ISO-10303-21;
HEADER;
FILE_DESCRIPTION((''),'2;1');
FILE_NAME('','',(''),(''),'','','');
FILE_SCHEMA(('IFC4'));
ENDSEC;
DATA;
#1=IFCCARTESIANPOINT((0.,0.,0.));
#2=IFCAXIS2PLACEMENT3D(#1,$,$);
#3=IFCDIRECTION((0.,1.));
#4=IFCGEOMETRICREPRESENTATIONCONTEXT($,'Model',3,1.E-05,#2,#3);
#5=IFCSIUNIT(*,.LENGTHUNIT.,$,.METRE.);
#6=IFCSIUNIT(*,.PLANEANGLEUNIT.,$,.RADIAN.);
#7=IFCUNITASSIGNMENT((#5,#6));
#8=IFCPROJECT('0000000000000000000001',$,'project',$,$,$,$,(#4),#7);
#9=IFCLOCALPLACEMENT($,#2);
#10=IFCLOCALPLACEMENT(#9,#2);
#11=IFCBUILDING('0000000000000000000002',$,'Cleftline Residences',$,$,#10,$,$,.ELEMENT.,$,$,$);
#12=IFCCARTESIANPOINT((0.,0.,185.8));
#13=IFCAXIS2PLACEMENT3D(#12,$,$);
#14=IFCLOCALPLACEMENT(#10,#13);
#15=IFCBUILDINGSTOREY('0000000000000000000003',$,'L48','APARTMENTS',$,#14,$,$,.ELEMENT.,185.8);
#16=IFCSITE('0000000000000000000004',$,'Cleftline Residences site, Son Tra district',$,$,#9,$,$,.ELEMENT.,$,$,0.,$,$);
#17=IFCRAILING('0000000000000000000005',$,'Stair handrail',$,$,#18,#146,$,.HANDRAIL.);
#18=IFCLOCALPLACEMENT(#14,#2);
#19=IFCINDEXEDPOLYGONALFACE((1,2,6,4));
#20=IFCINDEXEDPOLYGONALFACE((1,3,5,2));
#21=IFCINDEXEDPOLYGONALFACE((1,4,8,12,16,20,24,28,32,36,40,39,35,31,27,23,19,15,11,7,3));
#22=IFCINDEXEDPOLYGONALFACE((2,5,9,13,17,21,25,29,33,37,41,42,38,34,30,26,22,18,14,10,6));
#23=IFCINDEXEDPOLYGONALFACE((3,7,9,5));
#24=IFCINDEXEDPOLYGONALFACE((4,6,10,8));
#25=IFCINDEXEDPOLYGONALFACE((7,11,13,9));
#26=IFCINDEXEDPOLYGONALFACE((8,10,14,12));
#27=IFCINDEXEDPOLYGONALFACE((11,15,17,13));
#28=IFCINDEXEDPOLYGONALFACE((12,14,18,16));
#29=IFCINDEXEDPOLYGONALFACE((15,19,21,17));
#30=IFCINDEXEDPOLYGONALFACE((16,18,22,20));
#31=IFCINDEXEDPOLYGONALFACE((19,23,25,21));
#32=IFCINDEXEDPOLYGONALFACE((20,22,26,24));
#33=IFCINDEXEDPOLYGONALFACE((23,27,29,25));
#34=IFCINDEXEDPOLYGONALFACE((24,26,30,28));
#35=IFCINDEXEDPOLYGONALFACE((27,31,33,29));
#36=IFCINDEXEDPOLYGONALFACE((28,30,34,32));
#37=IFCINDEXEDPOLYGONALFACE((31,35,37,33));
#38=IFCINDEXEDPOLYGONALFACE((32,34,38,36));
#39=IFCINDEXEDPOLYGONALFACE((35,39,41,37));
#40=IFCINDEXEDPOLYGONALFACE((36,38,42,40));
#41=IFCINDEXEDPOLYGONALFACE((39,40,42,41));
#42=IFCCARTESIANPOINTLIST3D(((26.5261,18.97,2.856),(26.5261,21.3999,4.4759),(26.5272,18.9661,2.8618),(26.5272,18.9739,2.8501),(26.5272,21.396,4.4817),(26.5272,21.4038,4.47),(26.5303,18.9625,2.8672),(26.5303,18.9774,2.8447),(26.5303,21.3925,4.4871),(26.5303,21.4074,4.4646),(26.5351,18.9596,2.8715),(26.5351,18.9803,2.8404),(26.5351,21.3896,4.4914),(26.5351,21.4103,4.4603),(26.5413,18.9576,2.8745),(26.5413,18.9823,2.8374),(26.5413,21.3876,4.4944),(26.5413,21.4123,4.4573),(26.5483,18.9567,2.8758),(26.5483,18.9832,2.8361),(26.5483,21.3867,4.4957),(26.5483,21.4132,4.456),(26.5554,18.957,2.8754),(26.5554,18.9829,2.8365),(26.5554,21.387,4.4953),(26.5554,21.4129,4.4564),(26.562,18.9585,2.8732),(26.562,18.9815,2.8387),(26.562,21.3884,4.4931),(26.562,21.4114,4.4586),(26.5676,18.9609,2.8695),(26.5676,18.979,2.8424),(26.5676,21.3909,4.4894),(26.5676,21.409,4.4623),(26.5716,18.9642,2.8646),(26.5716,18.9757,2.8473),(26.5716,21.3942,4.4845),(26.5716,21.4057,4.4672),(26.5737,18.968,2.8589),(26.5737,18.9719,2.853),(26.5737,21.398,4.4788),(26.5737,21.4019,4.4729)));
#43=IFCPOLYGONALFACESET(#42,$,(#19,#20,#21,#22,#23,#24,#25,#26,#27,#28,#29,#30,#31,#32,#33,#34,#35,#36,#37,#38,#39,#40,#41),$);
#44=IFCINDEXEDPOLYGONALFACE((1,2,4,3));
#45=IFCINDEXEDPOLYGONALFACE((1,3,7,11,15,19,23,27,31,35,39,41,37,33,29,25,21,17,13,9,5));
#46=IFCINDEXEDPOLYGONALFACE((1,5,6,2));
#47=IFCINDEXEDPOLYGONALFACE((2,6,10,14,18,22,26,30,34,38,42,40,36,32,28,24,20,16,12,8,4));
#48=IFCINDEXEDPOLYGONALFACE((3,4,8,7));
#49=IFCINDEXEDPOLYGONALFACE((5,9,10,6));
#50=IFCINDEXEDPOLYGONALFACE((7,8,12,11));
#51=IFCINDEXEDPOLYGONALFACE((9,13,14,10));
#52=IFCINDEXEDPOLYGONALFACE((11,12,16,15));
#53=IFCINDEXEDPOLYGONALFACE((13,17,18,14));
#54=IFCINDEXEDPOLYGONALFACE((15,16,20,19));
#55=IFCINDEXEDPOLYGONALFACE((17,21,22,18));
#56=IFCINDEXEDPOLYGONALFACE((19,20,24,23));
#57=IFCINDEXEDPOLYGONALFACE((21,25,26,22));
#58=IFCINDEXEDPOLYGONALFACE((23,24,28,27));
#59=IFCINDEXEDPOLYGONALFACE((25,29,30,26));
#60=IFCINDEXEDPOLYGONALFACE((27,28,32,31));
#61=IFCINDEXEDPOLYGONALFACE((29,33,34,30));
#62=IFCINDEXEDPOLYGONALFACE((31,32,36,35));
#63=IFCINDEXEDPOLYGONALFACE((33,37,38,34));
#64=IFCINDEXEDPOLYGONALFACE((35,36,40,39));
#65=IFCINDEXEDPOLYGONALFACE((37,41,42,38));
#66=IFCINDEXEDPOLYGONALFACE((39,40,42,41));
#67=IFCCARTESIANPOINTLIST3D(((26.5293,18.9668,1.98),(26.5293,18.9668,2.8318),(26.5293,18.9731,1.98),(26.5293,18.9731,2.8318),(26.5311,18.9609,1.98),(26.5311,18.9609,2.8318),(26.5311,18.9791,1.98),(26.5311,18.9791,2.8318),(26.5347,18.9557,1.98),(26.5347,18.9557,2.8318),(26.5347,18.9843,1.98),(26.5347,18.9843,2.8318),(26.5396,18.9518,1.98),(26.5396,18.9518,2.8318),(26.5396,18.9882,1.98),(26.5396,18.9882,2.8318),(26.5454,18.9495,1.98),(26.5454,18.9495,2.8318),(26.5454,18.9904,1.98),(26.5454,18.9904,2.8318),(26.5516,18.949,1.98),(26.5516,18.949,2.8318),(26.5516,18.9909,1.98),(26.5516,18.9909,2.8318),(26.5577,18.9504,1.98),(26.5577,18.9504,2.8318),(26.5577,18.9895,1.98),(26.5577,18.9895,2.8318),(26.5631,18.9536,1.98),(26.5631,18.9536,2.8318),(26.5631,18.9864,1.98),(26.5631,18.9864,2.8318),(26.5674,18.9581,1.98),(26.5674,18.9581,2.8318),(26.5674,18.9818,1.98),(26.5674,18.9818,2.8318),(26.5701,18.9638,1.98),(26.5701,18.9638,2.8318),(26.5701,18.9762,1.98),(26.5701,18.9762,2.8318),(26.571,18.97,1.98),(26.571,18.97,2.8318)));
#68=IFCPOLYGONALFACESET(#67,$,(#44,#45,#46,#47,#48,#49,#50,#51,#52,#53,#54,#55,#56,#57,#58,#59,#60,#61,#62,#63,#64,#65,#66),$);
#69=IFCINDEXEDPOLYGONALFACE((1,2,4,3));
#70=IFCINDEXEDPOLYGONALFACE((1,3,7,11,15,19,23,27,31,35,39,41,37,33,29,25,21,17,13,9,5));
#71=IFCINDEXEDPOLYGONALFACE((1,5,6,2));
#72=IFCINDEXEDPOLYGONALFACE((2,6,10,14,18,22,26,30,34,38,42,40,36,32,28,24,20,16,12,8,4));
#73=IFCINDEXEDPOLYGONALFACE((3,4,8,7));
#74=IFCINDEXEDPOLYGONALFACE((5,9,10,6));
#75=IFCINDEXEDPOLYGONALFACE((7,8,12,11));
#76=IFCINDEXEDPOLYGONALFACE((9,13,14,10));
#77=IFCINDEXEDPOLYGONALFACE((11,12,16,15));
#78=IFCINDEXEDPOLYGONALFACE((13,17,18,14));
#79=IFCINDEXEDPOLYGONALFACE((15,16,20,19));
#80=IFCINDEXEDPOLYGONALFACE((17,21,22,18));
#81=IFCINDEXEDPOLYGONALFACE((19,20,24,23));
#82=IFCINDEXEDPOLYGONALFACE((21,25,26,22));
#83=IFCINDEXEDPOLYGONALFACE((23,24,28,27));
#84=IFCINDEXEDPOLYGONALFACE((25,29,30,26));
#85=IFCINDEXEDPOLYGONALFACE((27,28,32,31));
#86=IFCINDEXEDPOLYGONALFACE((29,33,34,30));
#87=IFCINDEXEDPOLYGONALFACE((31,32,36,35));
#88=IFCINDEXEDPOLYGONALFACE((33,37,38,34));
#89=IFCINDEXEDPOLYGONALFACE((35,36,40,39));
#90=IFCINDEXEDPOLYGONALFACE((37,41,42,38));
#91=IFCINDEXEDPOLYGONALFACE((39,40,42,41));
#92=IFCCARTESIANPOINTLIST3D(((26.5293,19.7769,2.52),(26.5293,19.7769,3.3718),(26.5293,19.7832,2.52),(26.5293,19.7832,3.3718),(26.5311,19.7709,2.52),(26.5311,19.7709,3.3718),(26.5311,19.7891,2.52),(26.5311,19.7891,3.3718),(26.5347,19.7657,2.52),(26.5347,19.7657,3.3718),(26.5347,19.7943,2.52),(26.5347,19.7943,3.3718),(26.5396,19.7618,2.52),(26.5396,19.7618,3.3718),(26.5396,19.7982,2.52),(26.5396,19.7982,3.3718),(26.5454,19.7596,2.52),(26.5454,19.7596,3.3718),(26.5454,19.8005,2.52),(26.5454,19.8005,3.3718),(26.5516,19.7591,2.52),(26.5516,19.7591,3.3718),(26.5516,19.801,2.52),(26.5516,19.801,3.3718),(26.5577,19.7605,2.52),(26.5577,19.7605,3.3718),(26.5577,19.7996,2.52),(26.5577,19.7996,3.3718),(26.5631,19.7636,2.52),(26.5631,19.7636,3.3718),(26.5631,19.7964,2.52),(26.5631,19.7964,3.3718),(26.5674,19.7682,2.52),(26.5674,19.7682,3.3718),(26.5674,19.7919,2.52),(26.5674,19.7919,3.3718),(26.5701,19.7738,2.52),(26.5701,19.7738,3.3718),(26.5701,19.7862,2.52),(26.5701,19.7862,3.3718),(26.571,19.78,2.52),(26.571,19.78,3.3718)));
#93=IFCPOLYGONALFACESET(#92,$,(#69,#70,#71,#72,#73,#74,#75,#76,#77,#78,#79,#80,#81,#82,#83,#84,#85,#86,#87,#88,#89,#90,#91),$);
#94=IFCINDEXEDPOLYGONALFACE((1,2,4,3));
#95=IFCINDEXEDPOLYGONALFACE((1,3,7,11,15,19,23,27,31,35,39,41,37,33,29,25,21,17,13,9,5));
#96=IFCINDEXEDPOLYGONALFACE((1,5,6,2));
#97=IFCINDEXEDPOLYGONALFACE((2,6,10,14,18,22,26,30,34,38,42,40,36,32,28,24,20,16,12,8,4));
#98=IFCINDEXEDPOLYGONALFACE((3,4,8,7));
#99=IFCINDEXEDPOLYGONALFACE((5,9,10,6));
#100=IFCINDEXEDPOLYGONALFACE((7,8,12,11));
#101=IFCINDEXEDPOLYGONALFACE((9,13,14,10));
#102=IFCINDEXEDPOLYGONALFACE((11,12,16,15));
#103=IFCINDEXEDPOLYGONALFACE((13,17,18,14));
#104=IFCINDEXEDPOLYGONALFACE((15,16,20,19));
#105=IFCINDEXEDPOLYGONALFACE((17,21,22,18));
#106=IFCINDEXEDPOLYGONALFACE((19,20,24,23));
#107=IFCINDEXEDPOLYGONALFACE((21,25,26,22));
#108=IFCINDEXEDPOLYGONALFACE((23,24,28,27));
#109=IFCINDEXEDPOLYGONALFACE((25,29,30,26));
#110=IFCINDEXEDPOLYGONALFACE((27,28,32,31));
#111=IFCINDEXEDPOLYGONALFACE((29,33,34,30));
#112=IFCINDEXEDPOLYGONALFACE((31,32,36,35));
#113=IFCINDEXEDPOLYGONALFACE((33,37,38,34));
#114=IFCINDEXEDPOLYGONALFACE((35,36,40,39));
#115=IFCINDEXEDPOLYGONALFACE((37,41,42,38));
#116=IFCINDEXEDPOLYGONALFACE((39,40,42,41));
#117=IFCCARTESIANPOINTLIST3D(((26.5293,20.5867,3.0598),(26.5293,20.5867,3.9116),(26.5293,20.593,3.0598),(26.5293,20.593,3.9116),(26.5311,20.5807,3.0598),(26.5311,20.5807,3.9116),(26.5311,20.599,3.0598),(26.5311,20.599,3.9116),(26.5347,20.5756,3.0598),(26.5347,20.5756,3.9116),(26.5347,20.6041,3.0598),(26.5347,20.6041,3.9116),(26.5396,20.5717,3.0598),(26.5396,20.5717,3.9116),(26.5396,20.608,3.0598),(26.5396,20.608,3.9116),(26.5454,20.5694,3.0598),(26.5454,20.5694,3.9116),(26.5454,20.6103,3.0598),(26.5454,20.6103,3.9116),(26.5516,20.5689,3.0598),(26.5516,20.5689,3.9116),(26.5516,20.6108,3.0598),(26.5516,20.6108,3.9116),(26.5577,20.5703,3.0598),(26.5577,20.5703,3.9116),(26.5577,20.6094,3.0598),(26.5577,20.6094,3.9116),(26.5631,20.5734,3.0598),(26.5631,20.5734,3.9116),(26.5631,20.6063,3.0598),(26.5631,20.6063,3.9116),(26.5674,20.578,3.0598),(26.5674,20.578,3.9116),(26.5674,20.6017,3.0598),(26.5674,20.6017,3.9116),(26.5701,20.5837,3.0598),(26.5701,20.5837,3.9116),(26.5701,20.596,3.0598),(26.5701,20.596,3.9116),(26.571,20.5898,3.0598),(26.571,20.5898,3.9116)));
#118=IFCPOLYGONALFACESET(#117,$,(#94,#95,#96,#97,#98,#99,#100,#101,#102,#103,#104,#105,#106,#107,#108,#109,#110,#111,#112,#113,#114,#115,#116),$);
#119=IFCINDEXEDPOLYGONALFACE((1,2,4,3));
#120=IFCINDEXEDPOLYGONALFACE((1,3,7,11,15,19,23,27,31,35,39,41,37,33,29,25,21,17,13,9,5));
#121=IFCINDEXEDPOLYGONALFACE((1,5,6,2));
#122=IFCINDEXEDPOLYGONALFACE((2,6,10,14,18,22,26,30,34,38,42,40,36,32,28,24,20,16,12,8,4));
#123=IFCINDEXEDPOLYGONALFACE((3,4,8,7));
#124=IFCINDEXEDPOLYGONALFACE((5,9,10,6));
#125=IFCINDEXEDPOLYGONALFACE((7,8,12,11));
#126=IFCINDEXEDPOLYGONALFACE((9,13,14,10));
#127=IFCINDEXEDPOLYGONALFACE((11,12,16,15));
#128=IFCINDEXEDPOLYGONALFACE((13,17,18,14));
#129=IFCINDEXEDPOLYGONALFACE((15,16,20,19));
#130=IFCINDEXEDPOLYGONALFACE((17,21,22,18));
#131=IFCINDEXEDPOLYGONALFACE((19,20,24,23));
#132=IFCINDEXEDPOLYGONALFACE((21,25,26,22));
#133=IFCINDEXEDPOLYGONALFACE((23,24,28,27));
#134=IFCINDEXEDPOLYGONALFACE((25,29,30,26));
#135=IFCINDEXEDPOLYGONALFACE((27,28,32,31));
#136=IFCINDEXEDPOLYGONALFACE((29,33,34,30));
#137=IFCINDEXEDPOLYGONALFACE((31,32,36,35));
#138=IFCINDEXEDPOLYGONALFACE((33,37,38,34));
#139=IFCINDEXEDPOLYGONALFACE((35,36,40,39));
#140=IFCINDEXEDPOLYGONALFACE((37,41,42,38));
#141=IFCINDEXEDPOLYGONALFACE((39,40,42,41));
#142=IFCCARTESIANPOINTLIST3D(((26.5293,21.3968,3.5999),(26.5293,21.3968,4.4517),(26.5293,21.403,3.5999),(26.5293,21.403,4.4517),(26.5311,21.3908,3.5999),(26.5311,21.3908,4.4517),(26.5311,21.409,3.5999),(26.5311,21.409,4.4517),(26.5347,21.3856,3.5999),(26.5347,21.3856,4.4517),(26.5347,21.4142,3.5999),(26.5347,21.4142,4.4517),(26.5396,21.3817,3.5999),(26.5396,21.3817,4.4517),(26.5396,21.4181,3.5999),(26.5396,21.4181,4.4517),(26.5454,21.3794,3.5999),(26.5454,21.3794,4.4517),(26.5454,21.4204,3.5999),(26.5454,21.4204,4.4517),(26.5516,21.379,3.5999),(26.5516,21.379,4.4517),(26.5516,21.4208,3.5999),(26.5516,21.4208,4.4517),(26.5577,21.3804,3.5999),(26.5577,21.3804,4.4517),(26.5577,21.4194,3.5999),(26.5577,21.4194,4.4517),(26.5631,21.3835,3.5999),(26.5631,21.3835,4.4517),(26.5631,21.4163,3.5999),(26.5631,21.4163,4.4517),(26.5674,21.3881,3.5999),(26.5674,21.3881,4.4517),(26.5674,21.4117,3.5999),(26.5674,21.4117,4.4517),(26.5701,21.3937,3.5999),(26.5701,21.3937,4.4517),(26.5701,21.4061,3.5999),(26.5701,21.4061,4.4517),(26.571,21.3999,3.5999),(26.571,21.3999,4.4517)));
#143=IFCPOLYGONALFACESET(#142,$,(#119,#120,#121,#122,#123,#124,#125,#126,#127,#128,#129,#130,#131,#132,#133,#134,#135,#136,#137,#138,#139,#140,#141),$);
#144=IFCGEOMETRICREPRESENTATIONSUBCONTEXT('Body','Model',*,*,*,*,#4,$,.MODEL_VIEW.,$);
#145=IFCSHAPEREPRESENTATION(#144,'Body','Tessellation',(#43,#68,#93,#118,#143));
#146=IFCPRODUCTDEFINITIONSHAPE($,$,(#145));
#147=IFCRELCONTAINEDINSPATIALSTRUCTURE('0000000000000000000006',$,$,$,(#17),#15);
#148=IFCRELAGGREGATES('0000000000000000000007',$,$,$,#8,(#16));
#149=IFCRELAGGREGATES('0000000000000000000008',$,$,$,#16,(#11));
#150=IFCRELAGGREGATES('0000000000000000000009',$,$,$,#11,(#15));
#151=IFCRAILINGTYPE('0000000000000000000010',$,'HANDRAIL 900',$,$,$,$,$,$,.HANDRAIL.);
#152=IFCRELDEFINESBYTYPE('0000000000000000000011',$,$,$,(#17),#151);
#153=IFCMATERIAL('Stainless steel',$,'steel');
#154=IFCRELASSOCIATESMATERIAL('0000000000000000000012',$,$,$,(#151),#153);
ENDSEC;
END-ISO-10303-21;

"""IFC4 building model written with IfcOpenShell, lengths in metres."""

from ifc_helpers import new_model, si_unit, direction, frame, origin, origin_2d, place, context, subcontext, project, spatial, circle, extrude, material, type_object, element, save


model = new_model("IFC4")

# Units and contexts
model_context = context("Model", 3, precision=1e-05, world=origin(), true_north=direction((0.0, 1.0)))
body_context = subcontext(model_context, "Body", "Model", "MODEL_VIEW")
ifc_project = project(units=[si_unit("LENGTHUNIT", "METRE"), si_unit("PLANEANGLEUNIT", "RADIAN")], contexts=[model_context])

# Site, building, storey
site_placement = place(None, origin())
site = spatial("IfcSite", under=ifc_project, at=site_placement, Name="Cleftline Residences site, Son Tra district", CompositionType="ELEMENT", RefElevation=0.0)
building_placement = place(site_placement, origin())
building = spatial("IfcBuilding", under=site, at=building_placement, Name="Cleftline Residences", CompositionType="ELEMENT")
storey_placement = place(building_placement, frame((0.0, 0.0, 185.8)))
storey = spatial("IfcBuildingStorey", under=building, at=storey_placement, Name="L48", Description="APARTMENTS", CompositionType="ELEMENT", Elevation=185.8)

# Railing
ifc_material_1 = material(Name="Stainless steel", Category="steel")
railing_type = type_object("IfcRailingType", Name="HANDRAIL 900", PredefinedType="HANDRAIL", material=ifc_material_1)
railing_1_placement = place(storey_placement, frame((26.55, 18.97, 1.98)))
element("IfcRailing", 1, at=railing_1_placement, inside=storey, type_object=railing_type, Name="Stair handrail", PredefinedType="HANDRAIL", context=body_context, shape_type="SweptSolid", body=[
    extrude(circle(Radius=0.0239, at=origin_2d()), frame((0.0, 0.0, 0.876), z_axis=(0.0, 0.832063, 0.554681), x_axis=(-1.0, 0.0, 0.0)), (0.0, 0.0, 1.0), 2.9204),
    extrude(circle(Radius=0.021, at=origin_2d()), origin(), (0.0, 0.0, 1.0), 0.8518),
    extrude(circle(Radius=0.021, at=origin_2d()), frame((0.0, 0.8101, 0.54)), (0.0, 0.0, 1.0), 0.8518),
    extrude(circle(Radius=0.021, at=origin_2d()), frame((0.0, 1.6199, 1.0798)), (0.0, 0.0, 1.0), 0.8518),
    extrude(circle(Radius=0.021, at=origin_2d()), frame((0.0, 2.4299, 1.6199)), (0.0, 0.0, 1.0), 0.8518),
])

save(model, "model.ifc")
